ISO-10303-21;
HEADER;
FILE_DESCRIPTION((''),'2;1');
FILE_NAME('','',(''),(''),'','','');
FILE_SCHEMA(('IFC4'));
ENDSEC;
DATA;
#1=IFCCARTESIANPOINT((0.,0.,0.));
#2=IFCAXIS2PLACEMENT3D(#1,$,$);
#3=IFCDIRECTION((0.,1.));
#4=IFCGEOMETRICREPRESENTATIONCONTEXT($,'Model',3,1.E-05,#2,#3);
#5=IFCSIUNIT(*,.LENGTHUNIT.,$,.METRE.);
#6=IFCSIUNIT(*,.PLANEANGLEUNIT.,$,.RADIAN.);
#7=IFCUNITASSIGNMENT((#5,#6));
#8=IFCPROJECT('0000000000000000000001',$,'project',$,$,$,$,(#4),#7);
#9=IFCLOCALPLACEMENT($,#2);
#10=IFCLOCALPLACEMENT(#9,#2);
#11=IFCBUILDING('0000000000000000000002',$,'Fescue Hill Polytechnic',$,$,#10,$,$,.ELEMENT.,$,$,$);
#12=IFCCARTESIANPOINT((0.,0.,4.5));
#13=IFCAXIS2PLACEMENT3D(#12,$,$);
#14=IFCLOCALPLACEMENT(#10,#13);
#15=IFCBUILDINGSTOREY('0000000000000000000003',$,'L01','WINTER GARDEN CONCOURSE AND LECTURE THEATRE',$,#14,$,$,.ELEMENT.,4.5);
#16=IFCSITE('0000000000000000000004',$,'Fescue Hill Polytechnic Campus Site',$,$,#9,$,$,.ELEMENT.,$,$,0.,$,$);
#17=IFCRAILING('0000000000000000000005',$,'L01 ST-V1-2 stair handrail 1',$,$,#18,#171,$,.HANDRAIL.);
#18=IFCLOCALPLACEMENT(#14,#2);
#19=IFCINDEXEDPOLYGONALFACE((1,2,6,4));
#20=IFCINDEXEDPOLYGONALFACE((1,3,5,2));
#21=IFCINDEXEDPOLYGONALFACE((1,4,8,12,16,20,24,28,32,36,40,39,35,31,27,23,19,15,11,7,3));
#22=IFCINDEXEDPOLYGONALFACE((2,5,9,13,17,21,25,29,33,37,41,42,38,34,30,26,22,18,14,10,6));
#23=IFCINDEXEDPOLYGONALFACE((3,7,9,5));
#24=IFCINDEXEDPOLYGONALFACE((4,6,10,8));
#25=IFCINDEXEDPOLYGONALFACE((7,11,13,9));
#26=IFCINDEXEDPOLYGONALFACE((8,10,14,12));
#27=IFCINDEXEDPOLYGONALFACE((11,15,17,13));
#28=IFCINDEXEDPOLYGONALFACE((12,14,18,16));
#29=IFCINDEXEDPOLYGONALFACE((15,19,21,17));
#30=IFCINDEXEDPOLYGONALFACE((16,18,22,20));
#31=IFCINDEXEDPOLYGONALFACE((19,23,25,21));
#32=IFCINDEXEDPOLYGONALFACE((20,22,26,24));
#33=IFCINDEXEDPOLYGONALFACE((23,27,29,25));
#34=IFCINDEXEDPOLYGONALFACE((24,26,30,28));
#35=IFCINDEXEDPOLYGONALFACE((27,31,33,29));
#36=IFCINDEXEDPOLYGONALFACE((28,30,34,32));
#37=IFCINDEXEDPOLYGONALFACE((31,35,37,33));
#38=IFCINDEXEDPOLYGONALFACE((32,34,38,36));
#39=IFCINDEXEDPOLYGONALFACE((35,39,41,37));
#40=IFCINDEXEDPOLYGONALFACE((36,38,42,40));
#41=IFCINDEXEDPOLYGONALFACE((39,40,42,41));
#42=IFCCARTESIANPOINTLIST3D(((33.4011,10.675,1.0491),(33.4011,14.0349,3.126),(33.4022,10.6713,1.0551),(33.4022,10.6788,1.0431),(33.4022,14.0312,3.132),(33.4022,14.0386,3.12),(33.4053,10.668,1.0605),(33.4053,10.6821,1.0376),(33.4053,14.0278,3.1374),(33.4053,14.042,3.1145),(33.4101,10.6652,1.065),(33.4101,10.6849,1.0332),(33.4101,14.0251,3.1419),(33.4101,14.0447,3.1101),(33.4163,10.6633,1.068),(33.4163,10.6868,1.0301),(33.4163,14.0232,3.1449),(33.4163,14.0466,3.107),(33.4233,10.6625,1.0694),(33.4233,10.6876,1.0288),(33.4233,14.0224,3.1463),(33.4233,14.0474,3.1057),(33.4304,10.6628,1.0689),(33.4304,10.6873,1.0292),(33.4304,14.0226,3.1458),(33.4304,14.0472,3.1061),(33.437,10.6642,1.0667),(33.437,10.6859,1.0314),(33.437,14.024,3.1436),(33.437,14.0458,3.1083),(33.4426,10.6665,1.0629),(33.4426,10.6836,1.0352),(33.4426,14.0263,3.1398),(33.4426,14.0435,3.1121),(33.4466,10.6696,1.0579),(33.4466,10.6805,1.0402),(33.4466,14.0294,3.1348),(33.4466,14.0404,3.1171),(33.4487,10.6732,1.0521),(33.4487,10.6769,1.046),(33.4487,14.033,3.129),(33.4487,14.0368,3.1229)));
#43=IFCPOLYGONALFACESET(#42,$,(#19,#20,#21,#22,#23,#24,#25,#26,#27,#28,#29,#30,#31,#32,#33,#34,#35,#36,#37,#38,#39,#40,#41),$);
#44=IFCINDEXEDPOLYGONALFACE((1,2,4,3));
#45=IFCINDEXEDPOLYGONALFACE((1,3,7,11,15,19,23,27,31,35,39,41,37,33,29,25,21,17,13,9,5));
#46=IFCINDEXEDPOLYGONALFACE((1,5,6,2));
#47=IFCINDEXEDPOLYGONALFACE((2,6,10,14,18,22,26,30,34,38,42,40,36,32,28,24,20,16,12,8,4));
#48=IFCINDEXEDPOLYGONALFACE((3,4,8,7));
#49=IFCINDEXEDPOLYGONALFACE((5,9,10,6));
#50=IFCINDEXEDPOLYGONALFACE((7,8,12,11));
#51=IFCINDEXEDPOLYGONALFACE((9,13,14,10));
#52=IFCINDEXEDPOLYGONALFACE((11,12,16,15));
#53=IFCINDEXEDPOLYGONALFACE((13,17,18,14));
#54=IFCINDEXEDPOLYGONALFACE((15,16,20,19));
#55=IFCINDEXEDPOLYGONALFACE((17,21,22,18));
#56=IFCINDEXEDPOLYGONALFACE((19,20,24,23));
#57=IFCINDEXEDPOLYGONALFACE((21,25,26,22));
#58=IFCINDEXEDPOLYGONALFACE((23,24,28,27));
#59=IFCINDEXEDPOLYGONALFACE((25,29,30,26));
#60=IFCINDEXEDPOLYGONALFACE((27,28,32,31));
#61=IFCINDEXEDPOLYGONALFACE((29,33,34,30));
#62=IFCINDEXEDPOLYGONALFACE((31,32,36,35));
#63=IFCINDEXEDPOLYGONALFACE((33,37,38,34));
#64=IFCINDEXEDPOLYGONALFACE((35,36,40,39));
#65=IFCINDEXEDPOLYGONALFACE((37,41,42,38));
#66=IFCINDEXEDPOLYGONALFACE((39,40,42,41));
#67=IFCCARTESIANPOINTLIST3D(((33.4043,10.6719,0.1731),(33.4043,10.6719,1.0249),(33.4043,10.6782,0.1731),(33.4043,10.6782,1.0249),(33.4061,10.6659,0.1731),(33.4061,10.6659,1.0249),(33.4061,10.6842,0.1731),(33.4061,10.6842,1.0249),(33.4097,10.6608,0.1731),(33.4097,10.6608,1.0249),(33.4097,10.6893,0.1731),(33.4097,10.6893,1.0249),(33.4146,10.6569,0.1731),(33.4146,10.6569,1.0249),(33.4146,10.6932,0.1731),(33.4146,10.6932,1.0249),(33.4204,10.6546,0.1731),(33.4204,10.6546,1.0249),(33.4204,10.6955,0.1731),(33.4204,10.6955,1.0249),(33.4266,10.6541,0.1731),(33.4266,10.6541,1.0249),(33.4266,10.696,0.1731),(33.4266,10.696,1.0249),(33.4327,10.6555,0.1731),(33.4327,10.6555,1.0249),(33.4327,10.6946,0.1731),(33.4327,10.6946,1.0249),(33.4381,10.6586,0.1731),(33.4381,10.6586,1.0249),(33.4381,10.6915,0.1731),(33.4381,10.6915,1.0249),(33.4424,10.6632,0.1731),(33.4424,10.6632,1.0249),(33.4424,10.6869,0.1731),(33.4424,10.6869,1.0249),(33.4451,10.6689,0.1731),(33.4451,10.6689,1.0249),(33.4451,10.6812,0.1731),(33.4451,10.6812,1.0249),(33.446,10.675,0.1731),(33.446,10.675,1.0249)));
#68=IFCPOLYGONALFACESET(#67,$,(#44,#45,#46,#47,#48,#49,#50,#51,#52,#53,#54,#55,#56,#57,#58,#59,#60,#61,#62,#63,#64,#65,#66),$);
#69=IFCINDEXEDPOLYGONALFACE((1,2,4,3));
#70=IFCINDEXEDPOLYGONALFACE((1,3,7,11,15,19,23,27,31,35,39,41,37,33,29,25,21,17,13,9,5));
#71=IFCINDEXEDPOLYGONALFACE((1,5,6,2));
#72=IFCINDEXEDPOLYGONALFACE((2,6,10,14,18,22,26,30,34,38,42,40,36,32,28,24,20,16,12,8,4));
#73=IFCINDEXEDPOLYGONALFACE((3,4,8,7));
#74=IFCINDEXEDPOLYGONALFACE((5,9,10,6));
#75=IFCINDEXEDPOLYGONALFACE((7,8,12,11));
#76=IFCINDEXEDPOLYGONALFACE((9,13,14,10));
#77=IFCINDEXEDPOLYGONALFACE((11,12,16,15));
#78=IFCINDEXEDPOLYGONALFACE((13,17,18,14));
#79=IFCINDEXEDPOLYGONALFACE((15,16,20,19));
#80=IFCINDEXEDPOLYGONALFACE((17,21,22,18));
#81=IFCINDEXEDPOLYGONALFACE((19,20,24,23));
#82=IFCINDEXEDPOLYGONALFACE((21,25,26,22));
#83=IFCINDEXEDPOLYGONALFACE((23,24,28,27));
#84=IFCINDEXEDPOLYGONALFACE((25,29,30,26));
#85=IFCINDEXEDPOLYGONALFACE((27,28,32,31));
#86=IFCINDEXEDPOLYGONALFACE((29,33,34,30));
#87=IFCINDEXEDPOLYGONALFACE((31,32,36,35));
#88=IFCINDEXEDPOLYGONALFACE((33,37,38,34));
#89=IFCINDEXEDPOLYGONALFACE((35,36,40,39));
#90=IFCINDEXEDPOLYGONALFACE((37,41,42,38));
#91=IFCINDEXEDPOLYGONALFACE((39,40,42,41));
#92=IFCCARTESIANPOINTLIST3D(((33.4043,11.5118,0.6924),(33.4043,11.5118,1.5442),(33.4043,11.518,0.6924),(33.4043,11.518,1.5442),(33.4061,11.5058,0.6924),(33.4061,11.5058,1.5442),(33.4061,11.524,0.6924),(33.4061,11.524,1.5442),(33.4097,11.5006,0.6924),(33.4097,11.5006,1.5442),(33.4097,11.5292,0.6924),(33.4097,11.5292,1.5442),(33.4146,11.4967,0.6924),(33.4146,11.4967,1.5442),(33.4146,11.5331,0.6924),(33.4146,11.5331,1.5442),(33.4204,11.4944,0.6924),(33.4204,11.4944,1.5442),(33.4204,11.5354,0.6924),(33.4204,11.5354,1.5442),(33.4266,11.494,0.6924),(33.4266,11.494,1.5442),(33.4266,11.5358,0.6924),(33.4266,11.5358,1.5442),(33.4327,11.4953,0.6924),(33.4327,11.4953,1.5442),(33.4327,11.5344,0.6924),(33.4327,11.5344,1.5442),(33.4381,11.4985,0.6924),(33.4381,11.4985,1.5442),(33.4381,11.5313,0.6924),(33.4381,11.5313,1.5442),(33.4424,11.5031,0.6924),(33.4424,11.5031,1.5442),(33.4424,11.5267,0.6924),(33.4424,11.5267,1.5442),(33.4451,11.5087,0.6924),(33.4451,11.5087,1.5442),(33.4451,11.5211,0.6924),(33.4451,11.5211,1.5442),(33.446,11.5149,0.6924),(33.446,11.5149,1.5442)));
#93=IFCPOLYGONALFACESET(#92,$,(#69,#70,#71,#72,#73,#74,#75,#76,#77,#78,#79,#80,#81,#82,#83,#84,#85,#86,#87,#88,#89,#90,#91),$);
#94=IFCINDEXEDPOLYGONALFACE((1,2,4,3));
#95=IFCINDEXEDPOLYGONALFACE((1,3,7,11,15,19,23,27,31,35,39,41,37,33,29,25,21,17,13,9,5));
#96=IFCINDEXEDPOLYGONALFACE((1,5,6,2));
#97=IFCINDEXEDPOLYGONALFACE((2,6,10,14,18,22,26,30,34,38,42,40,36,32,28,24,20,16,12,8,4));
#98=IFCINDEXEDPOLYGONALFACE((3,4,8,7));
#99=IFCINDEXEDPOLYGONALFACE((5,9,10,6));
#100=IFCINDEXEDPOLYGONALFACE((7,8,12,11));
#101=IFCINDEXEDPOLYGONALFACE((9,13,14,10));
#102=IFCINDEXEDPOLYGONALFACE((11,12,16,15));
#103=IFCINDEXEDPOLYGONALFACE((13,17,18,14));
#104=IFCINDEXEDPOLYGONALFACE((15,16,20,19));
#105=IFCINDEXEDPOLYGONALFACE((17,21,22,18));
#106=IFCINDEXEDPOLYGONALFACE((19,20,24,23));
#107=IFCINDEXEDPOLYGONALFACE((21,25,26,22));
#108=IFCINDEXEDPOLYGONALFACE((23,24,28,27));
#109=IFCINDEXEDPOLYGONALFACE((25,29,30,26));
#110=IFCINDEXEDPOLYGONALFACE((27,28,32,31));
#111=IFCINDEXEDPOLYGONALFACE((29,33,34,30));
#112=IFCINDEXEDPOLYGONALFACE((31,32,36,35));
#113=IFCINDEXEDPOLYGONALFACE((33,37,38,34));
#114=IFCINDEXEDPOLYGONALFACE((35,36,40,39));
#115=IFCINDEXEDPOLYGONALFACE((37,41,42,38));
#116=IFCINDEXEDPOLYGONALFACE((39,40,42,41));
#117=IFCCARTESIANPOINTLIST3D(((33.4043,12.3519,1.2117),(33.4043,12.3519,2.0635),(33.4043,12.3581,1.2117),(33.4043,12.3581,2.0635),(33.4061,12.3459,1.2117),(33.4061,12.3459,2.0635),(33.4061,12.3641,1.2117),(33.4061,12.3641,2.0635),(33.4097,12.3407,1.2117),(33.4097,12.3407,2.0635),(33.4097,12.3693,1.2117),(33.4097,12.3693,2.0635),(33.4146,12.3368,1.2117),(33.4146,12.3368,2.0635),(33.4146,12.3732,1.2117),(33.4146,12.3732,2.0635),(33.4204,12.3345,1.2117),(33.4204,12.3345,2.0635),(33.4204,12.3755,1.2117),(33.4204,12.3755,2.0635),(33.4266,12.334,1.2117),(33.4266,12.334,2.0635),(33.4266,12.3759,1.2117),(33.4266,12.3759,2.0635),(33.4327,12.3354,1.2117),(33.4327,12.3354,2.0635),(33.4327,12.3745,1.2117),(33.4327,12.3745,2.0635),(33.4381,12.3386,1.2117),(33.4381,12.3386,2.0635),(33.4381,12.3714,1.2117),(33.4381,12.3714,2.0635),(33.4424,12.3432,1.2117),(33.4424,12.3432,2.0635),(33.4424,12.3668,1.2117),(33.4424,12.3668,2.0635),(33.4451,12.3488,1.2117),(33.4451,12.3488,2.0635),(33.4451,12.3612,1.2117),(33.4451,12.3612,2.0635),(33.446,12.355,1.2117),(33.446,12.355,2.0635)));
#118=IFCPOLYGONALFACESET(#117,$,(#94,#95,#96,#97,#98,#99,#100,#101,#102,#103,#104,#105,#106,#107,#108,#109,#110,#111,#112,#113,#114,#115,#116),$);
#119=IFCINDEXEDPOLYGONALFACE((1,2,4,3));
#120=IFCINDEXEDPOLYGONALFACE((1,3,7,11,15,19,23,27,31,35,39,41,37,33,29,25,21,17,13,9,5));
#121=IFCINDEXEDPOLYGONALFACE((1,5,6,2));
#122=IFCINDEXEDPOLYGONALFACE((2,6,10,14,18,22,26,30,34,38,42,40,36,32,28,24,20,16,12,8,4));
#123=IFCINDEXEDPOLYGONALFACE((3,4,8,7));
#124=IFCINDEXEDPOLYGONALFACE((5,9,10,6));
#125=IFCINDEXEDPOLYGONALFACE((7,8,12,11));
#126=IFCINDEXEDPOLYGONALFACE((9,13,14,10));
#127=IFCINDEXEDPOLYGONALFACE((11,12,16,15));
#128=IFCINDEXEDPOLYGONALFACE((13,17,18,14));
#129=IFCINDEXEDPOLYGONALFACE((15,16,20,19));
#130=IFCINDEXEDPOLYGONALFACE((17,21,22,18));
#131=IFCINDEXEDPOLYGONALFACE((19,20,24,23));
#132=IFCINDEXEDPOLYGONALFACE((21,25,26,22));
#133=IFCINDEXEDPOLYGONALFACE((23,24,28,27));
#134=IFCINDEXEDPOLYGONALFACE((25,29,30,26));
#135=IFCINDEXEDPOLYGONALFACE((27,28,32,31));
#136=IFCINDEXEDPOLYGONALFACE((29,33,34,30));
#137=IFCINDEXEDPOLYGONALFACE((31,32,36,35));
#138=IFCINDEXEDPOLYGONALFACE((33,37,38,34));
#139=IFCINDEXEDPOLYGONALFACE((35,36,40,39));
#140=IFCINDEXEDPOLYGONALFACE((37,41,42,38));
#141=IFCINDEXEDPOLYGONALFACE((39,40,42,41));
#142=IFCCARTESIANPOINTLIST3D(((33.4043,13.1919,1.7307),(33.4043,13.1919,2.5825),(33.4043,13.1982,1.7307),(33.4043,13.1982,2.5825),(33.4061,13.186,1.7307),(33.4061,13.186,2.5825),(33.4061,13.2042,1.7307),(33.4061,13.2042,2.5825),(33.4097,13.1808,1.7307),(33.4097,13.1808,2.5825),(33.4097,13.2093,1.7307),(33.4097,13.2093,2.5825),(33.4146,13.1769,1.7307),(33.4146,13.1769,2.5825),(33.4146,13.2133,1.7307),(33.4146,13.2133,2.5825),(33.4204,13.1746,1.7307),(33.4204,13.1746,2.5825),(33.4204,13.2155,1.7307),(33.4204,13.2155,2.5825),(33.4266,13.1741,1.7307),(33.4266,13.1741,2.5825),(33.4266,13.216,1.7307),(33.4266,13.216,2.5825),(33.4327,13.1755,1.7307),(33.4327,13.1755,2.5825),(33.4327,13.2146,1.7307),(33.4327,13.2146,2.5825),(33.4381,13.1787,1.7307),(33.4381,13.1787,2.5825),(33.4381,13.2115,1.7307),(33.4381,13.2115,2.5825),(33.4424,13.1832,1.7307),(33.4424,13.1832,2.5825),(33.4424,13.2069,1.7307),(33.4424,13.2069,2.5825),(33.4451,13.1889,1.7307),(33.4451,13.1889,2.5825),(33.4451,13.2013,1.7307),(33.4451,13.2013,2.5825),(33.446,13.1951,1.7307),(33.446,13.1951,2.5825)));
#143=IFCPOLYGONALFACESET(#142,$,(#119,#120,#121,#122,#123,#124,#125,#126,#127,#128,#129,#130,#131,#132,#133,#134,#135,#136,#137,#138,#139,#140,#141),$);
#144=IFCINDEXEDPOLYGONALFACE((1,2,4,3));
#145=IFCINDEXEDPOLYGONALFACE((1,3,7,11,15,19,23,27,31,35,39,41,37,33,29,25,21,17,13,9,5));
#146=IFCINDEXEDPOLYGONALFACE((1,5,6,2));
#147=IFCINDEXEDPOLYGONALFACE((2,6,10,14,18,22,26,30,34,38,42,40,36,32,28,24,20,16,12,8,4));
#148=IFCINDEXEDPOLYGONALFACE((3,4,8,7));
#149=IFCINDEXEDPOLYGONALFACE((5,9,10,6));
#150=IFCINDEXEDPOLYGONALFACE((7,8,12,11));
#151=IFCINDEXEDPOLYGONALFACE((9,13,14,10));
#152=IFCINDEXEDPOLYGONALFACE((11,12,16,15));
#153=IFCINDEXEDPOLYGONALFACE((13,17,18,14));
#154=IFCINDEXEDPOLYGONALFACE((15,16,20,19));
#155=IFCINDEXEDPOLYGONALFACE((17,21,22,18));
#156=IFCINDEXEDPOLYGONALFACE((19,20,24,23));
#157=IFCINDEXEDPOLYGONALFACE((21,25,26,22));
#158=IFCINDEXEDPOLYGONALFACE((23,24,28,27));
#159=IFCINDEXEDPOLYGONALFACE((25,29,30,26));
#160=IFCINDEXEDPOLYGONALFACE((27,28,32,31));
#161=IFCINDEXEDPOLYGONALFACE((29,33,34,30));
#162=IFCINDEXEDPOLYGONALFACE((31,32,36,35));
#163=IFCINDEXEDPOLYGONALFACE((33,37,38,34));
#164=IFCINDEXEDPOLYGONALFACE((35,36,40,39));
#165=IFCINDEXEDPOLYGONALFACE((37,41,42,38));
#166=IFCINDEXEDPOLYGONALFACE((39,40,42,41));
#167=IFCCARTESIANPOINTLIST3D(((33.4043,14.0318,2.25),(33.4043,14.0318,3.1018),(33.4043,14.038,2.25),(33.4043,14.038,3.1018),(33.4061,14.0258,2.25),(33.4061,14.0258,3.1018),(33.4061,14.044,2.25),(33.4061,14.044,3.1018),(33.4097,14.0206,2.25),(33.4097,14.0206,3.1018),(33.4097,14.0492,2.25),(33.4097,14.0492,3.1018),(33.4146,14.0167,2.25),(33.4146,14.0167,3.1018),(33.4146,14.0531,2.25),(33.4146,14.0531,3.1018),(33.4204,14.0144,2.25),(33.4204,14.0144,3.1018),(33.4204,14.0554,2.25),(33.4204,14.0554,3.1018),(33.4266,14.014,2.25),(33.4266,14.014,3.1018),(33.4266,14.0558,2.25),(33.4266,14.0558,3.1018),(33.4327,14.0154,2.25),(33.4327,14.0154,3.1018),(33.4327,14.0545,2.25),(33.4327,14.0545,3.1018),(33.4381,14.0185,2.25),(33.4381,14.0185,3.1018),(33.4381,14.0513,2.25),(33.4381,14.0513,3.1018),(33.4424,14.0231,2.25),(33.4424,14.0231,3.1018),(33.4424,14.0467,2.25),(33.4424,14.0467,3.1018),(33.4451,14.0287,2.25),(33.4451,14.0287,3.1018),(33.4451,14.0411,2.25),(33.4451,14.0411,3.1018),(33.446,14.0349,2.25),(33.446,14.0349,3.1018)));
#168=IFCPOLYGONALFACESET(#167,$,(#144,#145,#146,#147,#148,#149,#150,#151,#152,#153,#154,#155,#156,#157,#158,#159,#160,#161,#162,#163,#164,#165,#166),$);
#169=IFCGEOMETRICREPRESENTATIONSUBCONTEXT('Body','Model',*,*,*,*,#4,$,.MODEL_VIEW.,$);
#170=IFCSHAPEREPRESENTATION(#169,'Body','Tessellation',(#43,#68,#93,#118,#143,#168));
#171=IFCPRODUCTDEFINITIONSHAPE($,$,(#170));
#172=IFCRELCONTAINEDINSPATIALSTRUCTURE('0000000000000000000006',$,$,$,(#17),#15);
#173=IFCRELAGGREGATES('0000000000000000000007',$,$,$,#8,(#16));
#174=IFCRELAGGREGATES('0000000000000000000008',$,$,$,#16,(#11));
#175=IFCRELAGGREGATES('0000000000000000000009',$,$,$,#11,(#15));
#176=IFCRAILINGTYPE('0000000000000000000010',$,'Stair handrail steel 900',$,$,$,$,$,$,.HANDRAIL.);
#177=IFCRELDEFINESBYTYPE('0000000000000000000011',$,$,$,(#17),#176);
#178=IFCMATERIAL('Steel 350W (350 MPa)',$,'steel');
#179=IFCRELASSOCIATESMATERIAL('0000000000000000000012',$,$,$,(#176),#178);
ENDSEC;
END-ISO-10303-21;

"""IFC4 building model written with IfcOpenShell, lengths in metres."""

from ifc_helpers import new_model, si_unit, direction, frame, origin, origin_2d, place, context, subcontext, project, spatial, circle, extrude, material, type_object, element, save


model = new_model("IFC4")

# Units and contexts
model_context = context("Model", 3, precision=1e-05, world=origin(), true_north=direction((0.0, 1.0)))
body_context = subcontext(model_context, "Body", "Model", "MODEL_VIEW")
ifc_project = project(units=[si_unit("LENGTHUNIT", "METRE"), si_unit("PLANEANGLEUNIT", "RADIAN")], contexts=[model_context])

# Site, building, storey
site_placement = place(None, origin())
site = spatial("IfcSite", under=ifc_project, at=site_placement, Name="Fescue Hill Polytechnic Campus Site", CompositionType="ELEMENT", RefElevation=0.0)
building_placement = place(site_placement, origin())
building = spatial("IfcBuilding", under=site, at=building_placement, Name="Fescue Hill Polytechnic", CompositionType="ELEMENT")
storey_placement = place(building_placement, frame((0.0, 0.0, 4.5)))
storey = spatial("IfcBuildingStorey", under=building, at=storey_placement, Name="L01", Description="WINTER GARDEN CONCOURSE AND LECTURE THEATRE", CompositionType="ELEMENT", Elevation=4.5)

# Railing
ifc_material_1 = material(Name="Steel 350W (350 MPa)", Category="steel")
railing_type_1 = type_object("IfcRailingType", Name="Stair handrail steel 900", PredefinedType="HANDRAIL", material=ifc_material_1)
railing_1_placement = place(storey_placement, frame((33.425, 10.675, 0.1731)))
element("IfcRailing", 1, at=railing_1_placement, inside=storey, type_object=railing_type_1, Name="L01 ST-V1-2 stair handrail 1", PredefinedType="HANDRAIL", context=body_context, shape_type="SweptSolid", body=[
    extrude(circle(Radius=0.0239, at=origin_2d()), frame((0.0, 0.0, 0.876), z_axis=(0.0, 0.850606, 0.525803), x_axis=(-1.0, 0.0, 0.0)), (0.0, 0.0, 1.0), 3.95),
    extrude(circle(Radius=0.021, at=origin_2d()), origin(), (0.0, 0.0, 1.0), 0.8518),
    extrude(circle(Radius=0.021, at=origin_2d()), frame((0.0, 0.8398, 0.5193)), (0.0, 0.0, 1.0), 0.8518),
    extrude(circle(Radius=0.021, at=origin_2d()), frame((0.0, 1.6799, 1.0386)), (0.0, 0.0, 1.0), 0.8518),
    extrude(circle(Radius=0.021, at=origin_2d()), frame((0.0, 2.52, 1.5576)), (0.0, 0.0, 1.0), 0.8518),
    extrude(circle(Radius=0.021, at=origin_2d()), frame((0.0, 3.3599, 2.0769)), (0.0, 0.0, 1.0), 0.8518),
])

save(model, "model.ifc")
